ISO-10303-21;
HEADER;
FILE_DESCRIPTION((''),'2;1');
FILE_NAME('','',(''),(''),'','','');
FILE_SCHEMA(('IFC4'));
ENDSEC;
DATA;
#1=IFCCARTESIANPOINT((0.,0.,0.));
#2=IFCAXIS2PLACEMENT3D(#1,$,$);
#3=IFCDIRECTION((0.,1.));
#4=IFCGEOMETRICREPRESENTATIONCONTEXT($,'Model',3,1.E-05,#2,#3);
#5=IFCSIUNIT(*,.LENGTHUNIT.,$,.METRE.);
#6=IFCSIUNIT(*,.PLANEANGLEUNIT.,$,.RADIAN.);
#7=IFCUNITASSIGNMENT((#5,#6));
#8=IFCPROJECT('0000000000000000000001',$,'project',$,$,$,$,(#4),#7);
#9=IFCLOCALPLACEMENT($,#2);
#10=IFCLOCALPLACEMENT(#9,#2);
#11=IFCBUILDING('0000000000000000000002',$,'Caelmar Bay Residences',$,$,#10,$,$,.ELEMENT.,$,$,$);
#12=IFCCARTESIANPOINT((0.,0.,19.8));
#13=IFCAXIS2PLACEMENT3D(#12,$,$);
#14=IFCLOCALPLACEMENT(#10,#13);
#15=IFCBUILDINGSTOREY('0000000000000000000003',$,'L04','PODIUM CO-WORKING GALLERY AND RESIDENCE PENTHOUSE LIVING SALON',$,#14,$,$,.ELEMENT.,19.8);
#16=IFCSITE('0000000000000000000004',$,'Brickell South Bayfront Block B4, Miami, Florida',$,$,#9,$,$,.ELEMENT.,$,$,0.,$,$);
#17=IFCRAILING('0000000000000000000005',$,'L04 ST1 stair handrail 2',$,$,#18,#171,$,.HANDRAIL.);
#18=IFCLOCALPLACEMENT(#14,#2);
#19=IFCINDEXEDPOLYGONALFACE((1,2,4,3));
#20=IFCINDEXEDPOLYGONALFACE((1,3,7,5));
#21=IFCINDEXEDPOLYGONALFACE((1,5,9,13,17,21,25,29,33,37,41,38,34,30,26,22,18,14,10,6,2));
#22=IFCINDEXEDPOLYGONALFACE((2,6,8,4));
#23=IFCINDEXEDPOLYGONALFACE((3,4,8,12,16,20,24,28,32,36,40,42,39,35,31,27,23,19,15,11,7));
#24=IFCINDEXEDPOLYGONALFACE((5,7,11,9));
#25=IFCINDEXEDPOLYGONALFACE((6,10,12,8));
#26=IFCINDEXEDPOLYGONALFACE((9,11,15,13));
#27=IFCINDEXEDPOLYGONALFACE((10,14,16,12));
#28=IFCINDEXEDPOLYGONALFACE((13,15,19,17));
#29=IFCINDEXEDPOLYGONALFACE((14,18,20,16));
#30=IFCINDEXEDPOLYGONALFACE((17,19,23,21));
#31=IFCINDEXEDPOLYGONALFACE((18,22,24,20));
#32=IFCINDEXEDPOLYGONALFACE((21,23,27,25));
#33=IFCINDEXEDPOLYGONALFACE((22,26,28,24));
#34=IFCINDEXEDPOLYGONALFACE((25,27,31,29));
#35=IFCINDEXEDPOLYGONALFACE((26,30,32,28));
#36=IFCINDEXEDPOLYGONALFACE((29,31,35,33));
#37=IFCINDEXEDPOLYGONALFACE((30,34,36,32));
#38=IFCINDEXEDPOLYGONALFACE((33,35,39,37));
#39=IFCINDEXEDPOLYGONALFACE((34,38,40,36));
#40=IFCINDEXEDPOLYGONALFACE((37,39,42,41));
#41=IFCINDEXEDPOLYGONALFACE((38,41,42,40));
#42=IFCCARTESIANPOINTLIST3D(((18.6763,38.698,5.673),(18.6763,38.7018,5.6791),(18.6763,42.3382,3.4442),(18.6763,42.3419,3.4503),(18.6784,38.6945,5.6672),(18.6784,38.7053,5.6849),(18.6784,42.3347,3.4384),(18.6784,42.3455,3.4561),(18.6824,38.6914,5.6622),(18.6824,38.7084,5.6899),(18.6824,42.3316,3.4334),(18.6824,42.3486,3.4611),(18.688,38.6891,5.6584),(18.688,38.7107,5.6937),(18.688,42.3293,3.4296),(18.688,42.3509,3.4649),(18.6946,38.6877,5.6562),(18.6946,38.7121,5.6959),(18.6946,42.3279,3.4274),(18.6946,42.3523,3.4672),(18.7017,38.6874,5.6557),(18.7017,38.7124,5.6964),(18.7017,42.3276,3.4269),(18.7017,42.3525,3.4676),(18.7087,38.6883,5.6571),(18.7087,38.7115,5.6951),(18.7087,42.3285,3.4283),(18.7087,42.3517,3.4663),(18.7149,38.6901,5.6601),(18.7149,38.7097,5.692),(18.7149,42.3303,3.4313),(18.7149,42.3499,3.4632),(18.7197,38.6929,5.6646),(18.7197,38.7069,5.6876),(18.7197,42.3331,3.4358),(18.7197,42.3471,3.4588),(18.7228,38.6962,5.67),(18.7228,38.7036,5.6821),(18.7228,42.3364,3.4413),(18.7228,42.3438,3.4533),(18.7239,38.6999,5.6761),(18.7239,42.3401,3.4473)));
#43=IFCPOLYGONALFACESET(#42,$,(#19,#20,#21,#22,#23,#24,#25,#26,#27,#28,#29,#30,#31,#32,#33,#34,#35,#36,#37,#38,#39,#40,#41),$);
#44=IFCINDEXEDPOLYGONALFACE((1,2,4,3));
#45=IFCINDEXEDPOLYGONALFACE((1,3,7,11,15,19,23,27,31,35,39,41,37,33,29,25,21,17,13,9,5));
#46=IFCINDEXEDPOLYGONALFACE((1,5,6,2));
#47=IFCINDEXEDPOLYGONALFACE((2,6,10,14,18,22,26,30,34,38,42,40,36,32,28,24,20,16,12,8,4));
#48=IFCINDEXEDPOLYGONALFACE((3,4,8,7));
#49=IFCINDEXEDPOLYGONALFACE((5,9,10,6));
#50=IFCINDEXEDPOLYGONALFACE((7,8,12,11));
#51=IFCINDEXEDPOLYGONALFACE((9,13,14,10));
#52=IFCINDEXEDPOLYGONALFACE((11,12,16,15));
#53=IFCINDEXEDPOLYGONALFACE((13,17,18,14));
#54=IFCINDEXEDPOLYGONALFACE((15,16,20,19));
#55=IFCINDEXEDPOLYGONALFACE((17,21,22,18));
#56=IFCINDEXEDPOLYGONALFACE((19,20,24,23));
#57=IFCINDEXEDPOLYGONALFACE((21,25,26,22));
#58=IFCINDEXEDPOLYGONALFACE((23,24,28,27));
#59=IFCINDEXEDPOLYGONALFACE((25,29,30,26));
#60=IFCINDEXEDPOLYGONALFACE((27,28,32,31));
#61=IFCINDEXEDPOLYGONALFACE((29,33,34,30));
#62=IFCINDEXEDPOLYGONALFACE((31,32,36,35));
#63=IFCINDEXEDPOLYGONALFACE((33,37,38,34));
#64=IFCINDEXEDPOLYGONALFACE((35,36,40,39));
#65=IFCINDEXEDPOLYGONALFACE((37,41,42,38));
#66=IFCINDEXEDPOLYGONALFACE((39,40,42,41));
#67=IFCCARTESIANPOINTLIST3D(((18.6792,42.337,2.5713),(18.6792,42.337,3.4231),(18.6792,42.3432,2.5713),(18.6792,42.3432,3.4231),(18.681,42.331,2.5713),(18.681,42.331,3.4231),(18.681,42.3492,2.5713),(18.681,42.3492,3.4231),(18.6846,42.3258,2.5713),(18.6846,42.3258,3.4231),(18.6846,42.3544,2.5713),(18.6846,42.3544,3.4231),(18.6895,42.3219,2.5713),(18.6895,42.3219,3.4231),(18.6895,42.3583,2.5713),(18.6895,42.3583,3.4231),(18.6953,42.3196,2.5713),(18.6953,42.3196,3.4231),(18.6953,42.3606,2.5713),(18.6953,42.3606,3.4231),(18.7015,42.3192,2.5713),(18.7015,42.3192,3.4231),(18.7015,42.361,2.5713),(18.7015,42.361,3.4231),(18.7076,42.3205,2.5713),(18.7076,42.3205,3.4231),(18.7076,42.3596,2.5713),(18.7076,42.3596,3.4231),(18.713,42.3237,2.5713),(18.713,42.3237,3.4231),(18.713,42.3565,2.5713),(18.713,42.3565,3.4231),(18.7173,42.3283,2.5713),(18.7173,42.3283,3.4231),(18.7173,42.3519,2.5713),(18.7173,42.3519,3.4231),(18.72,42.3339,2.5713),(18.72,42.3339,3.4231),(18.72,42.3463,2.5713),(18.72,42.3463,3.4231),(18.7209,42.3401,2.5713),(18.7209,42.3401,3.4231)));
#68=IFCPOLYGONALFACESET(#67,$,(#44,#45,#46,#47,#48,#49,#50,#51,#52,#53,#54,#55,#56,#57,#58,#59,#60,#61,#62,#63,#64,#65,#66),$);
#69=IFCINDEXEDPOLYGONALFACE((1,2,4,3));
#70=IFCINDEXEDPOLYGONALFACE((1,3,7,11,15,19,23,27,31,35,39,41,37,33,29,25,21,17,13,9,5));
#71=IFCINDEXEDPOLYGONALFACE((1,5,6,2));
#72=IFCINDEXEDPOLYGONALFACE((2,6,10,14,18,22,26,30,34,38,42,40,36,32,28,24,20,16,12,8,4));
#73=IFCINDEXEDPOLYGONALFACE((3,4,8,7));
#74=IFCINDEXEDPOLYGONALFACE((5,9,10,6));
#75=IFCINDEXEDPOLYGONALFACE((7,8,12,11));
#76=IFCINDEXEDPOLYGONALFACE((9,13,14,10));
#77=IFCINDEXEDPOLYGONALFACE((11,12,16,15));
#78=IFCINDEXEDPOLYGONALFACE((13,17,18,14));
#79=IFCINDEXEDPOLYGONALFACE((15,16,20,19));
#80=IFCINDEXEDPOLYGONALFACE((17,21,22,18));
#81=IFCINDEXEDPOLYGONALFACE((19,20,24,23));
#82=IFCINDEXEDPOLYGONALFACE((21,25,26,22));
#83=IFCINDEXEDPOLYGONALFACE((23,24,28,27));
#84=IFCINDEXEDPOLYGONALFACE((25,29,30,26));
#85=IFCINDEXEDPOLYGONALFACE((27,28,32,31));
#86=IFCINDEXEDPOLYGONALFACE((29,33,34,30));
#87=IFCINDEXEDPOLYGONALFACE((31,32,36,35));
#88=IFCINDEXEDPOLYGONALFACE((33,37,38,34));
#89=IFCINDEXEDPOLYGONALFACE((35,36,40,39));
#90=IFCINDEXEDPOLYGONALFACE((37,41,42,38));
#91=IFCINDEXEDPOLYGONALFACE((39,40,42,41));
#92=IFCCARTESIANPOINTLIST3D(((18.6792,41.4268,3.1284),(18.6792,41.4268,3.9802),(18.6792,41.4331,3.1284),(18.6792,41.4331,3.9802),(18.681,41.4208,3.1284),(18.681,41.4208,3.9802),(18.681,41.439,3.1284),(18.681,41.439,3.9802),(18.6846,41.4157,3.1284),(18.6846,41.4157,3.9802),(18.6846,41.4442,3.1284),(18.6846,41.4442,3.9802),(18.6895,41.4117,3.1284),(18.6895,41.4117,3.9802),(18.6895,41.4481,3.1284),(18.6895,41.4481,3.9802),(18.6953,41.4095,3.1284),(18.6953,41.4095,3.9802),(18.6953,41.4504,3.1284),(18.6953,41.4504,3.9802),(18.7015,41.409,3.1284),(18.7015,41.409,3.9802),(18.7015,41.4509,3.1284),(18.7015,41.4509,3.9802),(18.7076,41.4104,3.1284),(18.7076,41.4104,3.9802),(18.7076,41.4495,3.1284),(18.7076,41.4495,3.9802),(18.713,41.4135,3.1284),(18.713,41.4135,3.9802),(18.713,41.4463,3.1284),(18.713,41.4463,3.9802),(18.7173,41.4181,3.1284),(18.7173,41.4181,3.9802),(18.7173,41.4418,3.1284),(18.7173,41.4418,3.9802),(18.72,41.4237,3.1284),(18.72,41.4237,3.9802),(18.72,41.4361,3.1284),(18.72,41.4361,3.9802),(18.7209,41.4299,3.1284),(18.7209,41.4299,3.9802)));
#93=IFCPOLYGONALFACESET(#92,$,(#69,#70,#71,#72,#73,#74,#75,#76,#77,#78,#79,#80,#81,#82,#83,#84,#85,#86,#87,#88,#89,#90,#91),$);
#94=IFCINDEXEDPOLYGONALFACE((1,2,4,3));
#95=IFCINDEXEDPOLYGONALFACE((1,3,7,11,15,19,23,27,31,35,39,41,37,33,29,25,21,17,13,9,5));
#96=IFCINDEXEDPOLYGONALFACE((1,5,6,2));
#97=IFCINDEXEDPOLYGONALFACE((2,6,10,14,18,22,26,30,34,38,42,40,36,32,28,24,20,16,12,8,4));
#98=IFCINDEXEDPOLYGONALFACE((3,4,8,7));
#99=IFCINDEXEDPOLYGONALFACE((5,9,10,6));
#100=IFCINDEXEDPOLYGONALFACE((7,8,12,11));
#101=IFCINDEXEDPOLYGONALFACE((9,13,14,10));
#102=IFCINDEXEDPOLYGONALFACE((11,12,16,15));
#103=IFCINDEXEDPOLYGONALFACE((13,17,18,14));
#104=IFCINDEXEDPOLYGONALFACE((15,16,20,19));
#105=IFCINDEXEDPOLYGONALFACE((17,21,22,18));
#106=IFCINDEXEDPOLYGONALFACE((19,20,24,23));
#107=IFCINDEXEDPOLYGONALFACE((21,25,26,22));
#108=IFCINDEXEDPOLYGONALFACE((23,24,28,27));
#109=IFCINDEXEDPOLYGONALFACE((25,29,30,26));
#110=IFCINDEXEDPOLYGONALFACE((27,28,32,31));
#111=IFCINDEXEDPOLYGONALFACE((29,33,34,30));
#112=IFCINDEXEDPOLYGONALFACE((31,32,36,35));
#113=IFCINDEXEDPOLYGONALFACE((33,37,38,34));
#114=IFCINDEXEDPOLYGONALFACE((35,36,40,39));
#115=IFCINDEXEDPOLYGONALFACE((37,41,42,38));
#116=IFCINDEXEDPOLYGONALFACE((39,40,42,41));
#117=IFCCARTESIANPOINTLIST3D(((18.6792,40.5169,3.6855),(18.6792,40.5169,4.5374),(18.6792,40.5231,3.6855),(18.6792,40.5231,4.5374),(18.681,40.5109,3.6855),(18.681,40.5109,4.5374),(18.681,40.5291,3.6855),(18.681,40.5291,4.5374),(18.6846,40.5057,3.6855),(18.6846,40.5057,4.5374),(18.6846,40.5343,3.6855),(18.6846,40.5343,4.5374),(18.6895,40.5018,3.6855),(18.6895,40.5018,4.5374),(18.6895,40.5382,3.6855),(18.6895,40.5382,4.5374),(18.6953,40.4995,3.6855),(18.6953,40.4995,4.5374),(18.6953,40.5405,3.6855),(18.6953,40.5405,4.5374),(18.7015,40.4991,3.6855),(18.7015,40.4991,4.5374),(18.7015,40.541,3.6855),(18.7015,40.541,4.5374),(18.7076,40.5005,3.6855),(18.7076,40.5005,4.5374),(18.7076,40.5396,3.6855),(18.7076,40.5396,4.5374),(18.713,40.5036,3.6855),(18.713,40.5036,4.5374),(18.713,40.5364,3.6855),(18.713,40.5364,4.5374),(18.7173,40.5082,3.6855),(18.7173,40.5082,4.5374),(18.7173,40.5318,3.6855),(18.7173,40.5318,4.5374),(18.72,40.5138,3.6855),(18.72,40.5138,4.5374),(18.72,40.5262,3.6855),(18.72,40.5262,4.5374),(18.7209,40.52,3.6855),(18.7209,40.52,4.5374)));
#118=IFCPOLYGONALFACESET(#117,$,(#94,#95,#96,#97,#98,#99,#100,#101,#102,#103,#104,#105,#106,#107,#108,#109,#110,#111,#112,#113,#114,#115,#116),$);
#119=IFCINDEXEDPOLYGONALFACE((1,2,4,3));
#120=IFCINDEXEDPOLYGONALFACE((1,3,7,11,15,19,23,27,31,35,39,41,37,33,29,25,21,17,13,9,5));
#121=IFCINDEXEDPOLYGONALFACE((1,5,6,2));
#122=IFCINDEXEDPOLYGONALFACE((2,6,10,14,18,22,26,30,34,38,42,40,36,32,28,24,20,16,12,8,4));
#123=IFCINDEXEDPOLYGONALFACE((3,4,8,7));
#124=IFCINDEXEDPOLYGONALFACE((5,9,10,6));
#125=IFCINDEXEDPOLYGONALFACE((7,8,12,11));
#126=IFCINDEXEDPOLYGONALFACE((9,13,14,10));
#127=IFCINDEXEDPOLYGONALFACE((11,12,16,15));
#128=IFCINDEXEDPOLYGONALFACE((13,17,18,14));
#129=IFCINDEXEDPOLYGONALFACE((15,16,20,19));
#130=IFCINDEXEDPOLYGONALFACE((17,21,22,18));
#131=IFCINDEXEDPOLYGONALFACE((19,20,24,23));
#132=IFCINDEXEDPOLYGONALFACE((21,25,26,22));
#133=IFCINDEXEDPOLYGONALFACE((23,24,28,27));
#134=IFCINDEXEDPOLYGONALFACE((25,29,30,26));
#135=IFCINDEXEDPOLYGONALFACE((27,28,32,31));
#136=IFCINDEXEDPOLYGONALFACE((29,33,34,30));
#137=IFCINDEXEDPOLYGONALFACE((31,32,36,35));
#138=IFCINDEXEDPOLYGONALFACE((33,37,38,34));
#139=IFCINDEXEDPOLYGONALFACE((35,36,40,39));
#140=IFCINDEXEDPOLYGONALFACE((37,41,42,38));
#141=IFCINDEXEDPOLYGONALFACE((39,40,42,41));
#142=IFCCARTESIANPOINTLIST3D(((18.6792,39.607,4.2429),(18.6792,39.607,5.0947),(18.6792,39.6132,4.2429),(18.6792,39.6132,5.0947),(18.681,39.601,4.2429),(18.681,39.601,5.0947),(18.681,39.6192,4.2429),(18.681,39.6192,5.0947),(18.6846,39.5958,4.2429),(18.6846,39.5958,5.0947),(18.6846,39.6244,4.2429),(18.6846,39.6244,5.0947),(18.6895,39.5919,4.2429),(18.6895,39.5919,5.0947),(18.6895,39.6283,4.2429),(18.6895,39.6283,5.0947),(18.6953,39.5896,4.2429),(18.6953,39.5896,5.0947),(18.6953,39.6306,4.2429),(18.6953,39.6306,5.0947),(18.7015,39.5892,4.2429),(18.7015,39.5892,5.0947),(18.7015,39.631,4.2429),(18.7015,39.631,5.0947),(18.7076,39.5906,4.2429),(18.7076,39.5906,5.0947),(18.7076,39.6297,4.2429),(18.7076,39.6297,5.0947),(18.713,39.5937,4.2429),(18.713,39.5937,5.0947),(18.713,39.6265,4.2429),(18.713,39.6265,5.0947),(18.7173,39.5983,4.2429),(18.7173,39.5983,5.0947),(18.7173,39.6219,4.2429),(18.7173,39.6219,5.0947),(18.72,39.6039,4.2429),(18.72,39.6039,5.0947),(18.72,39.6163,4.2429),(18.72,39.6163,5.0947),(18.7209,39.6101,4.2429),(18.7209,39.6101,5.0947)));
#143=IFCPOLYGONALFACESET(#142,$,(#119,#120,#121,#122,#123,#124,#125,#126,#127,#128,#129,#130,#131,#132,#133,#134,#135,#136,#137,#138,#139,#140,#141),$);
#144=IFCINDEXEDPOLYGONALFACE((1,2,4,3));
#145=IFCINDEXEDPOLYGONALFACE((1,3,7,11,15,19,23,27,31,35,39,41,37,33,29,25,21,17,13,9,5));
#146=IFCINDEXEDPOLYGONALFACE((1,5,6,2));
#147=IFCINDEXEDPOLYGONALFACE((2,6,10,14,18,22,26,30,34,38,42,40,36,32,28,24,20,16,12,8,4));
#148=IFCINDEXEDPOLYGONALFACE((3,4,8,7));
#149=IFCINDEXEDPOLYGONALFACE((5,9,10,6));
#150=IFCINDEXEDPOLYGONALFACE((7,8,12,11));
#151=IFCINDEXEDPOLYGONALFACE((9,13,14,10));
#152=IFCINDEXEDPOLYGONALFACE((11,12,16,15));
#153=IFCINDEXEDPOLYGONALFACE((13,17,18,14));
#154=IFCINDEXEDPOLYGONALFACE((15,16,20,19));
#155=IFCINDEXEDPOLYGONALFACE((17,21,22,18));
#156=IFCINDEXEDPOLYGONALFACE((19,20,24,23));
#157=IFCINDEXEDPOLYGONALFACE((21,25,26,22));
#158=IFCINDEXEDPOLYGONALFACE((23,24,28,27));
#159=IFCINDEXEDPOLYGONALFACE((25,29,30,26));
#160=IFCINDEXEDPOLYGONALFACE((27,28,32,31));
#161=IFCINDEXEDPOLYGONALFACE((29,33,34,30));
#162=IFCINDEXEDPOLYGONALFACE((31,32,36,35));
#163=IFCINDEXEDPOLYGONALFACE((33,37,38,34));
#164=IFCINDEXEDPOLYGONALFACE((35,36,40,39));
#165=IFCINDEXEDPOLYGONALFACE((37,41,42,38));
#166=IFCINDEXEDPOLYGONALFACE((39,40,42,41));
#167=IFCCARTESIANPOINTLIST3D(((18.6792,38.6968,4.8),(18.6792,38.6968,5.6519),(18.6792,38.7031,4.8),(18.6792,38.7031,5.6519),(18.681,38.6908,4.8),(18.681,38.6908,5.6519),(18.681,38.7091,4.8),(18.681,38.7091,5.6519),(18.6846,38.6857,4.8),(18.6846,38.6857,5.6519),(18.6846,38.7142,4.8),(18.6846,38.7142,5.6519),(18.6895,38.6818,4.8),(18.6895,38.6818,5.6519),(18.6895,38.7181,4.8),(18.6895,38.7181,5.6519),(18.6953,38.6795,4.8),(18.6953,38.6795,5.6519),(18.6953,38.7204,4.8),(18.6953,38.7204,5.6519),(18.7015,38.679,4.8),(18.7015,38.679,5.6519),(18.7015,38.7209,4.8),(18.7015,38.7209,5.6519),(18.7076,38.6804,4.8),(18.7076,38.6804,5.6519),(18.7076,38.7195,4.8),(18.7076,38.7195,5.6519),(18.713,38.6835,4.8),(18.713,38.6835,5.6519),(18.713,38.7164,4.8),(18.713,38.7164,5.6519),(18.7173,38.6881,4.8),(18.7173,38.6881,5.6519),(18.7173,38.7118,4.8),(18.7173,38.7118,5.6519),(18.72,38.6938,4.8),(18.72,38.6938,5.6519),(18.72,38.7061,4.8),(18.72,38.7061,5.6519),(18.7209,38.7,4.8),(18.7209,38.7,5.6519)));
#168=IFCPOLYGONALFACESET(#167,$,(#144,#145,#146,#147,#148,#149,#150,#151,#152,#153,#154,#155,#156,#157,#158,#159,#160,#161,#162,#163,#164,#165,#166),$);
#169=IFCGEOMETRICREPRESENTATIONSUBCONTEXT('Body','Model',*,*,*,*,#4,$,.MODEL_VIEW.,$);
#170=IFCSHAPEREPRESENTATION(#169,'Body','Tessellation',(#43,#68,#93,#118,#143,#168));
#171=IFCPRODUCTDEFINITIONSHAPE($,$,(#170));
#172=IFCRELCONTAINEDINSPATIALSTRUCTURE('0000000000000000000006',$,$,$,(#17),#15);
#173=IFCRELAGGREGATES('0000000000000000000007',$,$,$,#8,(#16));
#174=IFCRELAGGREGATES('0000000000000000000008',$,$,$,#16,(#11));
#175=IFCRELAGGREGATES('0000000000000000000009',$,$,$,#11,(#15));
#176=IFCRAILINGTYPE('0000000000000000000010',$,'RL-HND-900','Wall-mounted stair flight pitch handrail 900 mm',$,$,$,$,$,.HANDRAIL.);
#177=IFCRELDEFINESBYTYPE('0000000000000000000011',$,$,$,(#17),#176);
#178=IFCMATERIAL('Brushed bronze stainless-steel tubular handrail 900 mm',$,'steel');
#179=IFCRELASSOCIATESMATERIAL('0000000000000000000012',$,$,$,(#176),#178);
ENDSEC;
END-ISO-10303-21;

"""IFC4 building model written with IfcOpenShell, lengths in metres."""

from ifc_helpers import new_model, si_unit, direction, frame, origin, origin_2d, place, context, subcontext, project, spatial, circle, extrude, material, type_object, element, save


model = new_model("IFC4")

# Units and contexts
model_context = context("Model", 3, precision=1e-05, world=origin(), true_north=direction((0.0, 1.0)))
body_context = subcontext(model_context, "Body", "Model", "MODEL_VIEW")
ifc_project = project(units=[si_unit("LENGTHUNIT", "METRE"), si_unit("PLANEANGLEUNIT", "RADIAN")], contexts=[model_context])

# Site, building, storey
site_placement = place(None, origin())
site = spatial("IfcSite", under=ifc_project, at=site_placement, Name="Brickell South Bayfront Block B4, Miami, Florida", CompositionType="ELEMENT", RefElevation=0.0)
building_placement = place(site_placement, origin())
building = spatial("IfcBuilding", under=site, at=building_placement, Name="Caelmar Bay Residences", CompositionType="ELEMENT")
storey_placement = place(building_placement, frame((0.0, 0.0, 19.8)))
storey = spatial("IfcBuildingStorey", under=building, at=storey_placement, Name="L04", Description="PODIUM CO-WORKING GALLERY AND RESIDENCE PENTHOUSE LIVING SALON", CompositionType="ELEMENT", Elevation=19.8)

# Railing
ifc_material_1 = material(Name="Brushed bronze stainless-steel tubular handrail 900 mm", Category="steel")
railing_type_1 = type_object("IfcRailingType", Name="RL-HND-900", Description="Wall-mounted stair flight pitch handrail 900 mm", PredefinedType="HANDRAIL", material=ifc_material_1)
railing_1_placement = place(storey_placement, frame((18.7, 42.3401, 2.5713)))
element("IfcRailing", 1, at=railing_1_placement, inside=storey, type_object=railing_type_1, Name="L04 ST1 stair handrail 2", PredefinedType="HANDRAIL", context=body_context, shape_type="SweptSolid", body=[
    extrude(circle(Radius=0.0239, at=origin_2d()), frame((0.0, 0.0, 0.876), z_axis=(0.0, -0.85284, 0.522172), x_axis=(1.0, 0.0, 0.0)), (0.0, 0.0, 1.0), 4.2683),
    extrude(circle(Radius=0.021, at=origin_2d()), origin(), (0.0, 0.0, 1.0), 0.8518),
    extrude(circle(Radius=0.021, at=origin_2d()), frame((0.0, -0.9102, 0.5571)), (0.0, 0.0, 1.0), 0.8518),
    extrude(circle(Radius=0.021, at=origin_2d()), frame((0.0, -1.8201, 1.1143)), (0.0, 0.0, 1.0), 0.8518),
    extrude(circle(Radius=0.021, at=origin_2d()), frame((0.0, -2.73, 1.6716)), (0.0, 0.0, 1.0), 0.8518),
    extrude(circle(Radius=0.021, at=origin_2d()), frame((0.0, -3.6401, 2.2288)), (0.0, 0.0, 1.0), 0.8518),
])

save(model, "model.ifc")
